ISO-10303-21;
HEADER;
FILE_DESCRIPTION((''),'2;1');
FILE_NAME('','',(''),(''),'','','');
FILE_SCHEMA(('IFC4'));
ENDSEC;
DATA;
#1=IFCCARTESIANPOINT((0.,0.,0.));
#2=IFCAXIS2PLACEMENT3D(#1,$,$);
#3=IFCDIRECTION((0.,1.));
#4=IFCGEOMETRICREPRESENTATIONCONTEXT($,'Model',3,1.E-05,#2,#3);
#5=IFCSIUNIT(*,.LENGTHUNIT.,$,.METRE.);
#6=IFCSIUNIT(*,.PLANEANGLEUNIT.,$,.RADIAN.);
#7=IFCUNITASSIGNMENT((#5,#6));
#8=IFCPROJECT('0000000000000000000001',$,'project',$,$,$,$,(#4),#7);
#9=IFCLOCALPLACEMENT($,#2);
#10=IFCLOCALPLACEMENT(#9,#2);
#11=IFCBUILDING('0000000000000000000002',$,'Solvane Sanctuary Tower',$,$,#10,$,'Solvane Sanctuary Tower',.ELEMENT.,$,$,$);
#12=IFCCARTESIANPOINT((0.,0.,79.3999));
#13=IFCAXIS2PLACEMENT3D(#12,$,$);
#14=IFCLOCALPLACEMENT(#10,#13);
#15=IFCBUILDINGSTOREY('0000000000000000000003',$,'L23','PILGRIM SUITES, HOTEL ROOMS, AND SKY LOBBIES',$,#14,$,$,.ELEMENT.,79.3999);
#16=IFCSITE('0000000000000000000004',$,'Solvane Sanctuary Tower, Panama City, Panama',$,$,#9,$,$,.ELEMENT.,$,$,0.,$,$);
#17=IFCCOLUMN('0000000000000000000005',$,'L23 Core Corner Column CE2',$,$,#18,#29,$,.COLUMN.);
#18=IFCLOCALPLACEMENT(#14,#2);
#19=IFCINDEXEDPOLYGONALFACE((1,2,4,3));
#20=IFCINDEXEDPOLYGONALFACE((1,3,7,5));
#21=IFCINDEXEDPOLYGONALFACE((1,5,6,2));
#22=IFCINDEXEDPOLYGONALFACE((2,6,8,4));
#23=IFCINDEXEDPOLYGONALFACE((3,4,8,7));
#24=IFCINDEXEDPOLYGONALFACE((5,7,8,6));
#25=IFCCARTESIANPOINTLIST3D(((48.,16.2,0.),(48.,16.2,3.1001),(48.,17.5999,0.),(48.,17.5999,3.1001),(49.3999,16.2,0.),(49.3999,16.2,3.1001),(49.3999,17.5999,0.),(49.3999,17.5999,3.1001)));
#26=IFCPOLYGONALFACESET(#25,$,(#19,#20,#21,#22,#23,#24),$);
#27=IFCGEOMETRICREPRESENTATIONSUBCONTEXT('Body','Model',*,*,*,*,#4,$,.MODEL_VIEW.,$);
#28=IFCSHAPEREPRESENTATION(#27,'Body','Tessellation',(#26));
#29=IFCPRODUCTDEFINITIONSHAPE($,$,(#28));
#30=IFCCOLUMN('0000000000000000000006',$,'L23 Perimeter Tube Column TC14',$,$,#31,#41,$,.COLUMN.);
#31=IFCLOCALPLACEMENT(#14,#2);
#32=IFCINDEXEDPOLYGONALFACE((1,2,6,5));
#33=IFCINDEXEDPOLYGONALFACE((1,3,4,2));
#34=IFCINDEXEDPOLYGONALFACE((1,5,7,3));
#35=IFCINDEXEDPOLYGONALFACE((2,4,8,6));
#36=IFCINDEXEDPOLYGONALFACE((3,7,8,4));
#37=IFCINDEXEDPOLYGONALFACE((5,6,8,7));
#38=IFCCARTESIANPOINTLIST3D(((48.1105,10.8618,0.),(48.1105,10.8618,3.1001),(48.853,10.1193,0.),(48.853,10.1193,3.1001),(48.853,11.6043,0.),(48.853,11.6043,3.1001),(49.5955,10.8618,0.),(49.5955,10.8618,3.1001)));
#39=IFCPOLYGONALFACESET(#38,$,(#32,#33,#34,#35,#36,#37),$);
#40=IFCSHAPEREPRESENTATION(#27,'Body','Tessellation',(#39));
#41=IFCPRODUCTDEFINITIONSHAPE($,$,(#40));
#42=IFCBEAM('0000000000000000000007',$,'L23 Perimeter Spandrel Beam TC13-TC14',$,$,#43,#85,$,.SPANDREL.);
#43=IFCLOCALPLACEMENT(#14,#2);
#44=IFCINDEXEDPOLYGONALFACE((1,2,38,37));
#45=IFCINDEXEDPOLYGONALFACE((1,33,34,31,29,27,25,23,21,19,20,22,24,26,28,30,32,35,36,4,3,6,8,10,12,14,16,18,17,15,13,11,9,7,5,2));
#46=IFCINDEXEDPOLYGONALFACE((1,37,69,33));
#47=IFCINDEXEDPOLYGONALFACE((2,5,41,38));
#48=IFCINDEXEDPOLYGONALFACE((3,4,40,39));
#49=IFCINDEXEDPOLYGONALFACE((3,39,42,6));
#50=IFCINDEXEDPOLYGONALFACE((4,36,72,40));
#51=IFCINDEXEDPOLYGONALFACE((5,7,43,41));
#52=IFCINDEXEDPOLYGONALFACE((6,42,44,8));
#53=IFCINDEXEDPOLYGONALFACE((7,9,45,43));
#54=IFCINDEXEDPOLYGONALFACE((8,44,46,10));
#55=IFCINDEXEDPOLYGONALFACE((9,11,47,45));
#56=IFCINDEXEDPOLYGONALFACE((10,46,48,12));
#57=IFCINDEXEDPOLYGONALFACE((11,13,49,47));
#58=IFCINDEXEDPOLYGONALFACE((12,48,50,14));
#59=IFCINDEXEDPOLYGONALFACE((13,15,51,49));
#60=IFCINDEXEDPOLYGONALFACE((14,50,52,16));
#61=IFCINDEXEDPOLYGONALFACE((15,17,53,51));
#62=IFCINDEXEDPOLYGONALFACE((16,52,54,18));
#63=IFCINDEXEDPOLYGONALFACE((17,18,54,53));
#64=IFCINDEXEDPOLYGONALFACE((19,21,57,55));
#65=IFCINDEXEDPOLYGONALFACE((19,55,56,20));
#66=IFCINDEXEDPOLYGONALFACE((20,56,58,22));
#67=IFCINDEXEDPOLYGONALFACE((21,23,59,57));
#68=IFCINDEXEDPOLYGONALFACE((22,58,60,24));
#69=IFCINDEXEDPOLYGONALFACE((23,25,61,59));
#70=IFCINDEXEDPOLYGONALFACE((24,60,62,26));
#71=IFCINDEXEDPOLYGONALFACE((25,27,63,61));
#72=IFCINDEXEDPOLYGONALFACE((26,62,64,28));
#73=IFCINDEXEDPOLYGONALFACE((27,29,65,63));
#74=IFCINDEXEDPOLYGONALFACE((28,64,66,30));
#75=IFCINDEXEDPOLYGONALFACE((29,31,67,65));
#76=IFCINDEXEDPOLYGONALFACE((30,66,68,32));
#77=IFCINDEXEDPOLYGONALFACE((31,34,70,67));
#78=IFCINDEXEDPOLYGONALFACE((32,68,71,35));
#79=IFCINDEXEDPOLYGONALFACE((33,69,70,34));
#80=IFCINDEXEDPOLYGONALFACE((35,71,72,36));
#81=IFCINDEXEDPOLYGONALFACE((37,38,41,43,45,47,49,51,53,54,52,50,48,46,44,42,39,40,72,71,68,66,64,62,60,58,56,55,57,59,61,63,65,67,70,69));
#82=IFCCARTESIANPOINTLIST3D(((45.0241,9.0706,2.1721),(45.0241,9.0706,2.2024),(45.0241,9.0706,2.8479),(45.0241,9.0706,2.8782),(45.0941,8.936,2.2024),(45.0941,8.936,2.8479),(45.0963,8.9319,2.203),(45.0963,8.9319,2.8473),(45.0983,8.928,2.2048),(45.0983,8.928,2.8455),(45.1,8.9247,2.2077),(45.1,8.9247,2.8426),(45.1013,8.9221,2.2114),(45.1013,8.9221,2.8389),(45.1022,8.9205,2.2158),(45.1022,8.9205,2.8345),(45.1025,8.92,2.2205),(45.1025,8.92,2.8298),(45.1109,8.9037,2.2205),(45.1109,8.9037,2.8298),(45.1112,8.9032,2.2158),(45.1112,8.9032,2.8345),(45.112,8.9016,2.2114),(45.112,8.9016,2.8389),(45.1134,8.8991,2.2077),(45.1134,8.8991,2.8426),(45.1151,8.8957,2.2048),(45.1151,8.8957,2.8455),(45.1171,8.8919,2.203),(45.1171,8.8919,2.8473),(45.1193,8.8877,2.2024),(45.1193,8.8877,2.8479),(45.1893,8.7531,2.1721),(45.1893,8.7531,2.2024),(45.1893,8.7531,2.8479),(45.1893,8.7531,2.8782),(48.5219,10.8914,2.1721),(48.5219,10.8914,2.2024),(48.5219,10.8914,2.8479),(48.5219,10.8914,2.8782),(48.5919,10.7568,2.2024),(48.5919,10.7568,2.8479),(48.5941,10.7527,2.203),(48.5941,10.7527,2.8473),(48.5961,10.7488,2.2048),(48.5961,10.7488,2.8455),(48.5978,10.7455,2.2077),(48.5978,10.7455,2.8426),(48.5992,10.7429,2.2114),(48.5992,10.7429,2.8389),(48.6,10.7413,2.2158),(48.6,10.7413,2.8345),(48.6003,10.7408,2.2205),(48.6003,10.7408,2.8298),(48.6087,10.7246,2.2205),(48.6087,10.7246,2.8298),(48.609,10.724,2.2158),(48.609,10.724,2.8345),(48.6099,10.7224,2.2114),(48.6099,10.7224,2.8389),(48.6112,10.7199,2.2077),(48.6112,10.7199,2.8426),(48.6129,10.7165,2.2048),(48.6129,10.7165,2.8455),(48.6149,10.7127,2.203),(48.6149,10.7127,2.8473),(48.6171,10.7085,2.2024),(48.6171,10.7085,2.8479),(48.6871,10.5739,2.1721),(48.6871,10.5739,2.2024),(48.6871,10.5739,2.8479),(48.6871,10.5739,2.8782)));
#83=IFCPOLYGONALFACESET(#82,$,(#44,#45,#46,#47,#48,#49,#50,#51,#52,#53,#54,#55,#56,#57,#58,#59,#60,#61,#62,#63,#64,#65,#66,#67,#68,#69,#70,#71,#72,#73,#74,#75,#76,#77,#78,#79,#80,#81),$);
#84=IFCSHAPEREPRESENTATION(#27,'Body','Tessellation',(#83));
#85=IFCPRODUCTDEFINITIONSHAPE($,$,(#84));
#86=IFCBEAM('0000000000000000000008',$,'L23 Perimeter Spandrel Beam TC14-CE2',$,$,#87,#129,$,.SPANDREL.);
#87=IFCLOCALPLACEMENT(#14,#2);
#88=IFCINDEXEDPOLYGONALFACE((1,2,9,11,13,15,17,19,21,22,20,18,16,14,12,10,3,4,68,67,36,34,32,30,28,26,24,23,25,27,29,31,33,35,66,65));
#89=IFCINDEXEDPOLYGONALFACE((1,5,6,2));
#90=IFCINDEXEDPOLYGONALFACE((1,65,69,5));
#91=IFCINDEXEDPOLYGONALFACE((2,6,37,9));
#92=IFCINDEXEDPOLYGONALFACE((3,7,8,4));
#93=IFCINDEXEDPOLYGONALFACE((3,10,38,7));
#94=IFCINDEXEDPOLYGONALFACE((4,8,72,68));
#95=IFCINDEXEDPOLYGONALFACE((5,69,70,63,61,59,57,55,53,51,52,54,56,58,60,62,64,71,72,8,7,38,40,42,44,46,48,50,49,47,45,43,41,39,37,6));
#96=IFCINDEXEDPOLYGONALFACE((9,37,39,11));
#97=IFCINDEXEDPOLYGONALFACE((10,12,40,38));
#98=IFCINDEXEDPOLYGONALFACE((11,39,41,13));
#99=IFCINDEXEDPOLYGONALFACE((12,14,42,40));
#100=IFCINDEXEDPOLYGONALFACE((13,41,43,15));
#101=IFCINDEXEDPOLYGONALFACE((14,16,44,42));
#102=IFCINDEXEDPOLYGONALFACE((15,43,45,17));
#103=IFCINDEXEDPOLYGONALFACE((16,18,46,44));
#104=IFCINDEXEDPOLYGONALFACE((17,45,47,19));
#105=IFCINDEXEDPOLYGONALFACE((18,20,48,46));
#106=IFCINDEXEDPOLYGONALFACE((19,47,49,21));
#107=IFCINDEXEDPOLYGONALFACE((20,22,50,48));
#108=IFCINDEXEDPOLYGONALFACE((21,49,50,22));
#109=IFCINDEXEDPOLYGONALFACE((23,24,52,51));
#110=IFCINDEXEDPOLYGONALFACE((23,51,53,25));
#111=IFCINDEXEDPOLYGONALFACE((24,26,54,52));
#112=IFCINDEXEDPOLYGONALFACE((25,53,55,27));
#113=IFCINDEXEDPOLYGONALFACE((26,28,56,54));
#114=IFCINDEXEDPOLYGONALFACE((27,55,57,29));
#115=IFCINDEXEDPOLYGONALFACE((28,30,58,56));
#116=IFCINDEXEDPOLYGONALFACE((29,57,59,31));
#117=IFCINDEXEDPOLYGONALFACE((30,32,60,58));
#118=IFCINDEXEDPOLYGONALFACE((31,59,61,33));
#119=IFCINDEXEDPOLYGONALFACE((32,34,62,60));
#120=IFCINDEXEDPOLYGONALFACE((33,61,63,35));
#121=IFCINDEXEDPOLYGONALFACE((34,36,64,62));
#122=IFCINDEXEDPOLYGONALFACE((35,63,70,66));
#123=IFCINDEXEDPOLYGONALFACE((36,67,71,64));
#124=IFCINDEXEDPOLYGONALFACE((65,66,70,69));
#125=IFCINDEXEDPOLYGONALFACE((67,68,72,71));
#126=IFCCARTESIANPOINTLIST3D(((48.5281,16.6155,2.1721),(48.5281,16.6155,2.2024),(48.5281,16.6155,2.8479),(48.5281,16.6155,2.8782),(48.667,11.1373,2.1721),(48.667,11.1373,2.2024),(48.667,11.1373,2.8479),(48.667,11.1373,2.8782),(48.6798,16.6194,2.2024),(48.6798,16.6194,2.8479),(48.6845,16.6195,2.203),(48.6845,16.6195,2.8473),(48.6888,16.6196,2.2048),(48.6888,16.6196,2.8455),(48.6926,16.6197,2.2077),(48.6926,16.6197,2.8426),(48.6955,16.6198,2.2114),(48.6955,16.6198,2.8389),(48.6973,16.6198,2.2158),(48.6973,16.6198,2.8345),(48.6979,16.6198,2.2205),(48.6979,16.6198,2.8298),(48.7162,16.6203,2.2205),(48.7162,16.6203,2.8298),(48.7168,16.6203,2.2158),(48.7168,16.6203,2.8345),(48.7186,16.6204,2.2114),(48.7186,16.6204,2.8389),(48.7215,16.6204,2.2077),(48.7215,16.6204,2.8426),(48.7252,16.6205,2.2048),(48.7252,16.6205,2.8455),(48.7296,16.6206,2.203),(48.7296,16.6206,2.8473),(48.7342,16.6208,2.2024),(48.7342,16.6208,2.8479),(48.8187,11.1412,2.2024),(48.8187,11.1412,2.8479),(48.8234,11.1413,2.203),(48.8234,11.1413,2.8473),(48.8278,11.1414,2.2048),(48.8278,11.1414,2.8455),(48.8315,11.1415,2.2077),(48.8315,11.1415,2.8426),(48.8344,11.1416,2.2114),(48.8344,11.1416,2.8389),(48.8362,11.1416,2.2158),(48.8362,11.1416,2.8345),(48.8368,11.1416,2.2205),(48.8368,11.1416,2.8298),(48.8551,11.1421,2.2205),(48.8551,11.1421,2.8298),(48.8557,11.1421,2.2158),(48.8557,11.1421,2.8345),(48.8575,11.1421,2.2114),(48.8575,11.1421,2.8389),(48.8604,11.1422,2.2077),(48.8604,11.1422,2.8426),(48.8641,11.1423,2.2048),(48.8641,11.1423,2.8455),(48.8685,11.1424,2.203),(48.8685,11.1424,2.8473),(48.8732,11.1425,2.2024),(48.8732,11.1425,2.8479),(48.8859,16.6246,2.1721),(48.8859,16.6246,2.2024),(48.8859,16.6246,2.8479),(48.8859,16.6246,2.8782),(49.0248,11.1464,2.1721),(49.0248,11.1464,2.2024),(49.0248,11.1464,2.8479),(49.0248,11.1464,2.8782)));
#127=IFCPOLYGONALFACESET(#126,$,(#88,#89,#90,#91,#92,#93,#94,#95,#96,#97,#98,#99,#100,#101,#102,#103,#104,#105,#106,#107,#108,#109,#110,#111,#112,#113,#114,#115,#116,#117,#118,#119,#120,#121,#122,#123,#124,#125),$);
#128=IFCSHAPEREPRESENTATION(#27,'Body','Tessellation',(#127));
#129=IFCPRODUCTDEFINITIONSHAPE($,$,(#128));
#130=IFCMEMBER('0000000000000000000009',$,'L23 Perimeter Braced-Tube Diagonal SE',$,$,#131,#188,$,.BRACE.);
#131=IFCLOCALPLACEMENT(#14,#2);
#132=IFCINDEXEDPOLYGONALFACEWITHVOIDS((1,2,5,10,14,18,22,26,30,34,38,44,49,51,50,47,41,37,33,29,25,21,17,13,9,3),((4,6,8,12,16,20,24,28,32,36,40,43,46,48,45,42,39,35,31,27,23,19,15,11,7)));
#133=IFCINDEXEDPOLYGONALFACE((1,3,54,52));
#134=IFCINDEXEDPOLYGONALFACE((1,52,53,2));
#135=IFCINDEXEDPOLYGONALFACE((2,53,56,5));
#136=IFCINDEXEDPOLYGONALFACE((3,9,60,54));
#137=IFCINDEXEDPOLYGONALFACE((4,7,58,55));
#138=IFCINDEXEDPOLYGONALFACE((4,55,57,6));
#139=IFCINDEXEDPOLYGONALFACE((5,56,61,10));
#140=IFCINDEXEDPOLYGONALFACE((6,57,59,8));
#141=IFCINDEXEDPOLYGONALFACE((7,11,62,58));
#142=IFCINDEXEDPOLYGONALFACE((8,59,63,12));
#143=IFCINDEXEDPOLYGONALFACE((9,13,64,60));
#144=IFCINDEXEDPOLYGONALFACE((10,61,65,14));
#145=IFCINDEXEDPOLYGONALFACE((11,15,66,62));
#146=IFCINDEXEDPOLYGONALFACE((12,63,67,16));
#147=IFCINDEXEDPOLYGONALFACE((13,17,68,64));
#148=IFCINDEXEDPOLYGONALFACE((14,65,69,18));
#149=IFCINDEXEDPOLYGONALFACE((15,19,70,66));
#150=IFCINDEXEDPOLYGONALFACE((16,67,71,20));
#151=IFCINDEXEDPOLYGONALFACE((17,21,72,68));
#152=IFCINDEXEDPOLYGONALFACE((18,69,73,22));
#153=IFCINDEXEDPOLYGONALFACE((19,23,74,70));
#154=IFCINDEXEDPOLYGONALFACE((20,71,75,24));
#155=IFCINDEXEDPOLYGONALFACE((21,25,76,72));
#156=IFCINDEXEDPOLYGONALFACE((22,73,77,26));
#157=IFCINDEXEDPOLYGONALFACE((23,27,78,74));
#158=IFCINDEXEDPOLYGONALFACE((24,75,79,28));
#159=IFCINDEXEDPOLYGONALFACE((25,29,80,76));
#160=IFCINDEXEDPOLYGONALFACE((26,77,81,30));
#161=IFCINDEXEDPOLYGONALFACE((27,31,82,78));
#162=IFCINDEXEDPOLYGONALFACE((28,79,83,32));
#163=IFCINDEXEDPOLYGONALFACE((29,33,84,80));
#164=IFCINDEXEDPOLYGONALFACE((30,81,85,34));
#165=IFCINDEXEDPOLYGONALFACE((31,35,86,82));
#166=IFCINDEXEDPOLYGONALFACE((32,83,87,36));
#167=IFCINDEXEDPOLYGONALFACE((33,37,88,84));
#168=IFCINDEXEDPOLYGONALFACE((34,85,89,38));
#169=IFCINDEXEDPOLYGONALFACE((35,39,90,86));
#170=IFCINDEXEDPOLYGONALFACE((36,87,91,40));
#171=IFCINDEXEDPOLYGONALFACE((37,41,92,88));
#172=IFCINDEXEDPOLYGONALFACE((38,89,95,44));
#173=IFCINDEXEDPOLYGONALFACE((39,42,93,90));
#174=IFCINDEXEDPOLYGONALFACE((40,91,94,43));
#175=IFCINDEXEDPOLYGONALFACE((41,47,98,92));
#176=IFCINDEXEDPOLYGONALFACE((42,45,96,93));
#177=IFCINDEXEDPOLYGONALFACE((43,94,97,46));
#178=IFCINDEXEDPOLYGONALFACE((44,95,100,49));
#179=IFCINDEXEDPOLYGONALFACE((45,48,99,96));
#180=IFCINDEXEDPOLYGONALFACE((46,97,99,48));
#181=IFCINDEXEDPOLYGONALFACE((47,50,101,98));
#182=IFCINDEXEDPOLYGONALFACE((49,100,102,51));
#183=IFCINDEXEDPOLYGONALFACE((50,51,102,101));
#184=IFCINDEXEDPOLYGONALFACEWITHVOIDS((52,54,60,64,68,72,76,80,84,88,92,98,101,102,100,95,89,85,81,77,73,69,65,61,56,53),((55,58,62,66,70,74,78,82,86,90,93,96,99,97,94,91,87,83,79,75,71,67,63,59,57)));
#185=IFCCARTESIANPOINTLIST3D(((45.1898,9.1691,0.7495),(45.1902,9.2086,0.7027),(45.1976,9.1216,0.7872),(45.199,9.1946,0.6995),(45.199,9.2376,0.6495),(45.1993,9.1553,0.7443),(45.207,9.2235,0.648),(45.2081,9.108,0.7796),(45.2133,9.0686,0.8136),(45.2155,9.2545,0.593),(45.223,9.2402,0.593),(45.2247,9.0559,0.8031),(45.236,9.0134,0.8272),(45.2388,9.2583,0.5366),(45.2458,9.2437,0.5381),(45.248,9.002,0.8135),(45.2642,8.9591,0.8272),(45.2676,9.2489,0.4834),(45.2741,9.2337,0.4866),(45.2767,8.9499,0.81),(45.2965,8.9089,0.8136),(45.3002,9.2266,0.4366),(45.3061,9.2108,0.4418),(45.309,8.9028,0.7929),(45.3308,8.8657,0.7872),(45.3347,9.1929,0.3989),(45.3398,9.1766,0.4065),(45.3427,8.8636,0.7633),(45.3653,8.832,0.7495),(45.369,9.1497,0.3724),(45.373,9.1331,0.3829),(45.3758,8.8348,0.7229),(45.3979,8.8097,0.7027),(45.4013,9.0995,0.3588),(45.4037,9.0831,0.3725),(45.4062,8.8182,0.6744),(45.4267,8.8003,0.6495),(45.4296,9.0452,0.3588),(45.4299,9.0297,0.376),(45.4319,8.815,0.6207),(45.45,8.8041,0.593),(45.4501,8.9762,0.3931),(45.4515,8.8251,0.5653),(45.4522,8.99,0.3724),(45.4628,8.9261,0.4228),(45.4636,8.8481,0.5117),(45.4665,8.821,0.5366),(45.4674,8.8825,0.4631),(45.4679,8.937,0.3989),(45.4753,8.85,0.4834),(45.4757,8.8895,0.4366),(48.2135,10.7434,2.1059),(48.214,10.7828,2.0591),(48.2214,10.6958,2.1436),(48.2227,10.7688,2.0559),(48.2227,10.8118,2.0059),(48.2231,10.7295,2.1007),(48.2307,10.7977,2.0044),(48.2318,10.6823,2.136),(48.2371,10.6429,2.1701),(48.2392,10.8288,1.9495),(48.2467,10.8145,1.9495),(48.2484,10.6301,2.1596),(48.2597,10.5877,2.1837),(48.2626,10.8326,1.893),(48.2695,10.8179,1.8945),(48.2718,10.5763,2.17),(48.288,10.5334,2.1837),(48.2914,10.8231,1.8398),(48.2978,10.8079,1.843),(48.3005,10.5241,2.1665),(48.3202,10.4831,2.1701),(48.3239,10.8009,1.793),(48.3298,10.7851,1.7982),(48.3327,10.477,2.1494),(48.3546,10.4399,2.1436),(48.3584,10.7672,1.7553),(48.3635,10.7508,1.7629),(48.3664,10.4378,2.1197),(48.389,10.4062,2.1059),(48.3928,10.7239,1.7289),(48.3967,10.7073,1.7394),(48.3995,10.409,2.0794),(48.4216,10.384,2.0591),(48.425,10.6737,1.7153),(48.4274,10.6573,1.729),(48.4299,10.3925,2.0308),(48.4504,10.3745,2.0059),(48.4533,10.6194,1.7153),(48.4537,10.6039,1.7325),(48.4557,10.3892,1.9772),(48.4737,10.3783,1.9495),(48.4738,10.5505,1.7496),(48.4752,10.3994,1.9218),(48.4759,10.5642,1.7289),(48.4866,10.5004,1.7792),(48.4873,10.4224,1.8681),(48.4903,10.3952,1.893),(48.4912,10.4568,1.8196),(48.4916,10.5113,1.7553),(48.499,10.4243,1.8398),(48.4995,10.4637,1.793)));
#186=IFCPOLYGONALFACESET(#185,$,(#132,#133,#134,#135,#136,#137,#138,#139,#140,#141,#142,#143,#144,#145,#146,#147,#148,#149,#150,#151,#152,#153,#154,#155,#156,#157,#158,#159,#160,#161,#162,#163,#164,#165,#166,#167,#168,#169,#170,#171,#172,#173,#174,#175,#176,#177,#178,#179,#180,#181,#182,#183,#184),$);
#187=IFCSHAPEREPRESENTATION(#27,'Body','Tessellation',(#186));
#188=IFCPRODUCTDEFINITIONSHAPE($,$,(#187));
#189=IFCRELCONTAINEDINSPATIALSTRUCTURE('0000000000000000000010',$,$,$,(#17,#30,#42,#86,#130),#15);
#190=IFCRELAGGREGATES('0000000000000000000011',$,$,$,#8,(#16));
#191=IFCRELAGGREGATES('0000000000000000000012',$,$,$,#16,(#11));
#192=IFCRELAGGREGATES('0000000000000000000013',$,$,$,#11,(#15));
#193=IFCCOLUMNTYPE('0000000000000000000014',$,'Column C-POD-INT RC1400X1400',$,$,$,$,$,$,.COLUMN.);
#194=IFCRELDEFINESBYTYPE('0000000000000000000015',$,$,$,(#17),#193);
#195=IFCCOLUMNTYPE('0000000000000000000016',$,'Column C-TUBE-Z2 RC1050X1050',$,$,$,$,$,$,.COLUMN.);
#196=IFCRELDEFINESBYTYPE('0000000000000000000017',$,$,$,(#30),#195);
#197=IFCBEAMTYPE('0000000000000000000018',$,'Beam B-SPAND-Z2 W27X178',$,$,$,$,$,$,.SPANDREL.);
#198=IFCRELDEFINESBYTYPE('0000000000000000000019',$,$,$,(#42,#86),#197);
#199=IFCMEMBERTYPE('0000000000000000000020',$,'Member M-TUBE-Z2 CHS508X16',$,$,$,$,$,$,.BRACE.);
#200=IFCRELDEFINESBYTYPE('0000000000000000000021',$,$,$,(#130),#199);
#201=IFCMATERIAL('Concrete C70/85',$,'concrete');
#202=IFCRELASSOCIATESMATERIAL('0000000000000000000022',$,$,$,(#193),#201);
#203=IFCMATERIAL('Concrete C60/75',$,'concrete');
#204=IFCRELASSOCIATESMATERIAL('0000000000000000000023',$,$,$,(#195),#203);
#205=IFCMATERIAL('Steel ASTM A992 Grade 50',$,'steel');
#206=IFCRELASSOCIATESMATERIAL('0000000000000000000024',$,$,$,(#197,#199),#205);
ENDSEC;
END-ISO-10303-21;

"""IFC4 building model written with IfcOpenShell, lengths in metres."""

from ifc_helpers import new_model, si_unit, direction, frame, origin, origin_2d, place, context, subcontext, project, spatial, rectangle, hollow_circle, i_section, extrude, material, material_profile, profile_set, type_object, element, save


model = new_model("IFC4")

# Units and contexts
model_context = context("Model", 3, precision=1e-05, world=origin(), true_north=direction((0.0, 1.0)))
body_context = subcontext(model_context, "Body", "Model", "MODEL_VIEW")
ifc_project = project(units=[si_unit("LENGTHUNIT", "METRE"), si_unit("PLANEANGLEUNIT", "RADIAN")], contexts=[model_context])

# Site, building, storey
site_placement = place(None, origin())
site = spatial("IfcSite", under=ifc_project, at=site_placement, Name="Solvane Sanctuary Tower, Panama City, Panama", CompositionType="ELEMENT", RefElevation=0.0)
building_placement = place(site_placement, origin())
building = spatial("IfcBuilding", under=site, at=building_placement, Name="Solvane Sanctuary Tower", LongName="Solvane Sanctuary Tower", CompositionType="ELEMENT")
storey_placement = place(building_placement, frame((0.0, 0.0, 79.3999)))
storey = spatial("IfcBuildingStorey", under=building, at=storey_placement, Name="L23", Description="PILGRIM SUITES, HOTEL ROOMS, AND SKY LOBBIES", CompositionType="ELEMENT", Elevation=79.3999)

# Columns
ifc_material_1 = material(Name="Concrete C70/85", Category="concrete")
ifc_material_profile_1 = material_profile(ifc_material_1, rectangle(XDim=1.3999, YDim=1.3999, at=origin_2d()), Name="RC1400X1400")
ifc_profile_set_1 = profile_set([ifc_material_profile_1], Name="Concrete C70/85")
column_type_1 = type_object("IfcColumnType", Name="Column C-POD-INT RC1400X1400", PredefinedType="COLUMN", material=ifc_profile_set_1)
column_1_placement = place(storey_placement, frame((48.7, 16.8999, 0.0), z_axis=(0.0, 0.0, 1.0), x_axis=(1.0, 0.0, 0.0)))
element("IfcColumn", 1, at=column_1_placement, inside=storey, type_object=column_type_1, Name="L23 Core Corner Column CE2", PredefinedType="COLUMN", context=body_context, shape_type="SweptSolid", body=[
    extrude(rectangle(XDim=1.3999, YDim=1.3999, at=origin_2d()), origin(), (0.0, 0.0, 1.0), 3.1001),
])
ifc_material_2 = material(Name="Concrete C60/75", Category="concrete")
ifc_material_profile_2 = material_profile(ifc_material_2, rectangle(XDim=1.05, YDim=1.05, at=origin_2d()), Name="RC1050X1050")
ifc_profile_set_2 = profile_set([ifc_material_profile_2], Name="Concrete C60/75")
column_type_2 = type_object("IfcColumnType", Name="Column C-TUBE-Z2 RC1050X1050", PredefinedType="COLUMN", material=ifc_profile_set_2)
column_2_placement = place(storey_placement, frame((48.853, 10.8618, 0.0), z_axis=(0.0, 0.0, 1.0), x_axis=(0.707107, -0.707107, 0.0)))
element("IfcColumn", 2, at=column_2_placement, inside=storey, type_object=column_type_2, Name="L23 Perimeter Tube Column TC14", PredefinedType="COLUMN", context=body_context, shape_type="SweptSolid", body=[
    extrude(rectangle(XDim=1.05, YDim=1.05, at=origin_2d()), origin(), (0.0, 0.0, 1.0), 3.1001),
])

# Beams
ifc_material_3 = material(Name="Steel ASTM A992 Grade 50", Category="steel")
ifc_material_profile_3 = material_profile(ifc_material_3, i_section(OverallWidth=0.3579, OverallDepth=0.7061, WebThickness=0.0183, FlangeThickness=0.0303, FilletRadius=0.0181, at=origin_2d()), Name="W27X178")
ifc_profile_set_3 = profile_set([ifc_material_profile_3], Name="Steel ASTM A992 Grade 50")
beam_type = type_object("IfcBeamType", Name="Beam B-SPAND-Z2 W27X178", PredefinedType="SPANDREL", material=ifc_profile_set_3)
beam_1_placement = place(storey_placement, frame((45.1067, 8.9119, 2.5251), z_axis=(0.887015, 0.461741, 0.0), x_axis=(-0.461741, 0.887015, 0.0)))
element("IfcBeam", 3, at=beam_1_placement, inside=storey, type_object=beam_type, Name="L23 Perimeter Spandrel Beam TC13-TC14", PredefinedType="SPANDREL", context=body_context, shape_type="SweptSolid", body=[
    extrude(i_section(OverallWidth=0.3579, OverallDepth=0.7061, WebThickness=0.0183, FlangeThickness=0.0303, FilletRadius=0.0181, at=origin_2d()), origin(), (0.0, 0.0, 1.0), 3.9434),
])
beam_2_placement = place(storey_placement, frame((48.8459, 11.1418, 2.5251), z_axis=(-0.025349, 0.999679, 0.0), x_axis=(-0.999679, -0.025349, 0.0)))
element("IfcBeam", 4, at=beam_2_placement, inside=storey, type_object=beam_type, Name="L23 Perimeter Spandrel Beam TC14-CE2", PredefinedType="SPANDREL", context=body_context, shape_type="SweptSolid", body=[
    extrude(i_section(OverallWidth=0.3579, OverallDepth=0.7061, WebThickness=0.0183, FlangeThickness=0.0303, FilletRadius=0.0181, at=origin_2d()), origin(), (0.0, 0.0, 1.0), 5.48),
])

# Member
ifc_material_profile_4 = material_profile(ifc_material_3, hollow_circle(Radius=0.2539, WallThickness=0.0161, at=origin_2d()), Name="CHS508X16")
ifc_profile_set_4 = profile_set([ifc_material_profile_4], Name="Steel ASTM A992 Grade 50")
member_type = type_object("IfcMemberType", Name="Member M-TUBE-Z2 CHS508X16", PredefinedType="BRACE", material=ifc_profile_set_4)
member_placement = place(storey_placement, frame((45.3328, 9.0293, 0.593), z_axis=(0.824141, 0.429072, 0.369715), x_axis=(-0.461792, 0.886988, 0.0)))
element("IfcMember", 5, at=member_placement, inside=storey, type_object=member_type, Name="L23 Perimeter Braced-Tube Diagonal SE", PredefinedType="BRACE", context=body_context, shape_type="SweptSolid", body=[
    extrude(hollow_circle(Radius=0.2539, WallThickness=0.0161, at=origin_2d()), origin(), (0.0, 0.0, 1.0), 3.6689),
])

save(model, "model.ifc")
